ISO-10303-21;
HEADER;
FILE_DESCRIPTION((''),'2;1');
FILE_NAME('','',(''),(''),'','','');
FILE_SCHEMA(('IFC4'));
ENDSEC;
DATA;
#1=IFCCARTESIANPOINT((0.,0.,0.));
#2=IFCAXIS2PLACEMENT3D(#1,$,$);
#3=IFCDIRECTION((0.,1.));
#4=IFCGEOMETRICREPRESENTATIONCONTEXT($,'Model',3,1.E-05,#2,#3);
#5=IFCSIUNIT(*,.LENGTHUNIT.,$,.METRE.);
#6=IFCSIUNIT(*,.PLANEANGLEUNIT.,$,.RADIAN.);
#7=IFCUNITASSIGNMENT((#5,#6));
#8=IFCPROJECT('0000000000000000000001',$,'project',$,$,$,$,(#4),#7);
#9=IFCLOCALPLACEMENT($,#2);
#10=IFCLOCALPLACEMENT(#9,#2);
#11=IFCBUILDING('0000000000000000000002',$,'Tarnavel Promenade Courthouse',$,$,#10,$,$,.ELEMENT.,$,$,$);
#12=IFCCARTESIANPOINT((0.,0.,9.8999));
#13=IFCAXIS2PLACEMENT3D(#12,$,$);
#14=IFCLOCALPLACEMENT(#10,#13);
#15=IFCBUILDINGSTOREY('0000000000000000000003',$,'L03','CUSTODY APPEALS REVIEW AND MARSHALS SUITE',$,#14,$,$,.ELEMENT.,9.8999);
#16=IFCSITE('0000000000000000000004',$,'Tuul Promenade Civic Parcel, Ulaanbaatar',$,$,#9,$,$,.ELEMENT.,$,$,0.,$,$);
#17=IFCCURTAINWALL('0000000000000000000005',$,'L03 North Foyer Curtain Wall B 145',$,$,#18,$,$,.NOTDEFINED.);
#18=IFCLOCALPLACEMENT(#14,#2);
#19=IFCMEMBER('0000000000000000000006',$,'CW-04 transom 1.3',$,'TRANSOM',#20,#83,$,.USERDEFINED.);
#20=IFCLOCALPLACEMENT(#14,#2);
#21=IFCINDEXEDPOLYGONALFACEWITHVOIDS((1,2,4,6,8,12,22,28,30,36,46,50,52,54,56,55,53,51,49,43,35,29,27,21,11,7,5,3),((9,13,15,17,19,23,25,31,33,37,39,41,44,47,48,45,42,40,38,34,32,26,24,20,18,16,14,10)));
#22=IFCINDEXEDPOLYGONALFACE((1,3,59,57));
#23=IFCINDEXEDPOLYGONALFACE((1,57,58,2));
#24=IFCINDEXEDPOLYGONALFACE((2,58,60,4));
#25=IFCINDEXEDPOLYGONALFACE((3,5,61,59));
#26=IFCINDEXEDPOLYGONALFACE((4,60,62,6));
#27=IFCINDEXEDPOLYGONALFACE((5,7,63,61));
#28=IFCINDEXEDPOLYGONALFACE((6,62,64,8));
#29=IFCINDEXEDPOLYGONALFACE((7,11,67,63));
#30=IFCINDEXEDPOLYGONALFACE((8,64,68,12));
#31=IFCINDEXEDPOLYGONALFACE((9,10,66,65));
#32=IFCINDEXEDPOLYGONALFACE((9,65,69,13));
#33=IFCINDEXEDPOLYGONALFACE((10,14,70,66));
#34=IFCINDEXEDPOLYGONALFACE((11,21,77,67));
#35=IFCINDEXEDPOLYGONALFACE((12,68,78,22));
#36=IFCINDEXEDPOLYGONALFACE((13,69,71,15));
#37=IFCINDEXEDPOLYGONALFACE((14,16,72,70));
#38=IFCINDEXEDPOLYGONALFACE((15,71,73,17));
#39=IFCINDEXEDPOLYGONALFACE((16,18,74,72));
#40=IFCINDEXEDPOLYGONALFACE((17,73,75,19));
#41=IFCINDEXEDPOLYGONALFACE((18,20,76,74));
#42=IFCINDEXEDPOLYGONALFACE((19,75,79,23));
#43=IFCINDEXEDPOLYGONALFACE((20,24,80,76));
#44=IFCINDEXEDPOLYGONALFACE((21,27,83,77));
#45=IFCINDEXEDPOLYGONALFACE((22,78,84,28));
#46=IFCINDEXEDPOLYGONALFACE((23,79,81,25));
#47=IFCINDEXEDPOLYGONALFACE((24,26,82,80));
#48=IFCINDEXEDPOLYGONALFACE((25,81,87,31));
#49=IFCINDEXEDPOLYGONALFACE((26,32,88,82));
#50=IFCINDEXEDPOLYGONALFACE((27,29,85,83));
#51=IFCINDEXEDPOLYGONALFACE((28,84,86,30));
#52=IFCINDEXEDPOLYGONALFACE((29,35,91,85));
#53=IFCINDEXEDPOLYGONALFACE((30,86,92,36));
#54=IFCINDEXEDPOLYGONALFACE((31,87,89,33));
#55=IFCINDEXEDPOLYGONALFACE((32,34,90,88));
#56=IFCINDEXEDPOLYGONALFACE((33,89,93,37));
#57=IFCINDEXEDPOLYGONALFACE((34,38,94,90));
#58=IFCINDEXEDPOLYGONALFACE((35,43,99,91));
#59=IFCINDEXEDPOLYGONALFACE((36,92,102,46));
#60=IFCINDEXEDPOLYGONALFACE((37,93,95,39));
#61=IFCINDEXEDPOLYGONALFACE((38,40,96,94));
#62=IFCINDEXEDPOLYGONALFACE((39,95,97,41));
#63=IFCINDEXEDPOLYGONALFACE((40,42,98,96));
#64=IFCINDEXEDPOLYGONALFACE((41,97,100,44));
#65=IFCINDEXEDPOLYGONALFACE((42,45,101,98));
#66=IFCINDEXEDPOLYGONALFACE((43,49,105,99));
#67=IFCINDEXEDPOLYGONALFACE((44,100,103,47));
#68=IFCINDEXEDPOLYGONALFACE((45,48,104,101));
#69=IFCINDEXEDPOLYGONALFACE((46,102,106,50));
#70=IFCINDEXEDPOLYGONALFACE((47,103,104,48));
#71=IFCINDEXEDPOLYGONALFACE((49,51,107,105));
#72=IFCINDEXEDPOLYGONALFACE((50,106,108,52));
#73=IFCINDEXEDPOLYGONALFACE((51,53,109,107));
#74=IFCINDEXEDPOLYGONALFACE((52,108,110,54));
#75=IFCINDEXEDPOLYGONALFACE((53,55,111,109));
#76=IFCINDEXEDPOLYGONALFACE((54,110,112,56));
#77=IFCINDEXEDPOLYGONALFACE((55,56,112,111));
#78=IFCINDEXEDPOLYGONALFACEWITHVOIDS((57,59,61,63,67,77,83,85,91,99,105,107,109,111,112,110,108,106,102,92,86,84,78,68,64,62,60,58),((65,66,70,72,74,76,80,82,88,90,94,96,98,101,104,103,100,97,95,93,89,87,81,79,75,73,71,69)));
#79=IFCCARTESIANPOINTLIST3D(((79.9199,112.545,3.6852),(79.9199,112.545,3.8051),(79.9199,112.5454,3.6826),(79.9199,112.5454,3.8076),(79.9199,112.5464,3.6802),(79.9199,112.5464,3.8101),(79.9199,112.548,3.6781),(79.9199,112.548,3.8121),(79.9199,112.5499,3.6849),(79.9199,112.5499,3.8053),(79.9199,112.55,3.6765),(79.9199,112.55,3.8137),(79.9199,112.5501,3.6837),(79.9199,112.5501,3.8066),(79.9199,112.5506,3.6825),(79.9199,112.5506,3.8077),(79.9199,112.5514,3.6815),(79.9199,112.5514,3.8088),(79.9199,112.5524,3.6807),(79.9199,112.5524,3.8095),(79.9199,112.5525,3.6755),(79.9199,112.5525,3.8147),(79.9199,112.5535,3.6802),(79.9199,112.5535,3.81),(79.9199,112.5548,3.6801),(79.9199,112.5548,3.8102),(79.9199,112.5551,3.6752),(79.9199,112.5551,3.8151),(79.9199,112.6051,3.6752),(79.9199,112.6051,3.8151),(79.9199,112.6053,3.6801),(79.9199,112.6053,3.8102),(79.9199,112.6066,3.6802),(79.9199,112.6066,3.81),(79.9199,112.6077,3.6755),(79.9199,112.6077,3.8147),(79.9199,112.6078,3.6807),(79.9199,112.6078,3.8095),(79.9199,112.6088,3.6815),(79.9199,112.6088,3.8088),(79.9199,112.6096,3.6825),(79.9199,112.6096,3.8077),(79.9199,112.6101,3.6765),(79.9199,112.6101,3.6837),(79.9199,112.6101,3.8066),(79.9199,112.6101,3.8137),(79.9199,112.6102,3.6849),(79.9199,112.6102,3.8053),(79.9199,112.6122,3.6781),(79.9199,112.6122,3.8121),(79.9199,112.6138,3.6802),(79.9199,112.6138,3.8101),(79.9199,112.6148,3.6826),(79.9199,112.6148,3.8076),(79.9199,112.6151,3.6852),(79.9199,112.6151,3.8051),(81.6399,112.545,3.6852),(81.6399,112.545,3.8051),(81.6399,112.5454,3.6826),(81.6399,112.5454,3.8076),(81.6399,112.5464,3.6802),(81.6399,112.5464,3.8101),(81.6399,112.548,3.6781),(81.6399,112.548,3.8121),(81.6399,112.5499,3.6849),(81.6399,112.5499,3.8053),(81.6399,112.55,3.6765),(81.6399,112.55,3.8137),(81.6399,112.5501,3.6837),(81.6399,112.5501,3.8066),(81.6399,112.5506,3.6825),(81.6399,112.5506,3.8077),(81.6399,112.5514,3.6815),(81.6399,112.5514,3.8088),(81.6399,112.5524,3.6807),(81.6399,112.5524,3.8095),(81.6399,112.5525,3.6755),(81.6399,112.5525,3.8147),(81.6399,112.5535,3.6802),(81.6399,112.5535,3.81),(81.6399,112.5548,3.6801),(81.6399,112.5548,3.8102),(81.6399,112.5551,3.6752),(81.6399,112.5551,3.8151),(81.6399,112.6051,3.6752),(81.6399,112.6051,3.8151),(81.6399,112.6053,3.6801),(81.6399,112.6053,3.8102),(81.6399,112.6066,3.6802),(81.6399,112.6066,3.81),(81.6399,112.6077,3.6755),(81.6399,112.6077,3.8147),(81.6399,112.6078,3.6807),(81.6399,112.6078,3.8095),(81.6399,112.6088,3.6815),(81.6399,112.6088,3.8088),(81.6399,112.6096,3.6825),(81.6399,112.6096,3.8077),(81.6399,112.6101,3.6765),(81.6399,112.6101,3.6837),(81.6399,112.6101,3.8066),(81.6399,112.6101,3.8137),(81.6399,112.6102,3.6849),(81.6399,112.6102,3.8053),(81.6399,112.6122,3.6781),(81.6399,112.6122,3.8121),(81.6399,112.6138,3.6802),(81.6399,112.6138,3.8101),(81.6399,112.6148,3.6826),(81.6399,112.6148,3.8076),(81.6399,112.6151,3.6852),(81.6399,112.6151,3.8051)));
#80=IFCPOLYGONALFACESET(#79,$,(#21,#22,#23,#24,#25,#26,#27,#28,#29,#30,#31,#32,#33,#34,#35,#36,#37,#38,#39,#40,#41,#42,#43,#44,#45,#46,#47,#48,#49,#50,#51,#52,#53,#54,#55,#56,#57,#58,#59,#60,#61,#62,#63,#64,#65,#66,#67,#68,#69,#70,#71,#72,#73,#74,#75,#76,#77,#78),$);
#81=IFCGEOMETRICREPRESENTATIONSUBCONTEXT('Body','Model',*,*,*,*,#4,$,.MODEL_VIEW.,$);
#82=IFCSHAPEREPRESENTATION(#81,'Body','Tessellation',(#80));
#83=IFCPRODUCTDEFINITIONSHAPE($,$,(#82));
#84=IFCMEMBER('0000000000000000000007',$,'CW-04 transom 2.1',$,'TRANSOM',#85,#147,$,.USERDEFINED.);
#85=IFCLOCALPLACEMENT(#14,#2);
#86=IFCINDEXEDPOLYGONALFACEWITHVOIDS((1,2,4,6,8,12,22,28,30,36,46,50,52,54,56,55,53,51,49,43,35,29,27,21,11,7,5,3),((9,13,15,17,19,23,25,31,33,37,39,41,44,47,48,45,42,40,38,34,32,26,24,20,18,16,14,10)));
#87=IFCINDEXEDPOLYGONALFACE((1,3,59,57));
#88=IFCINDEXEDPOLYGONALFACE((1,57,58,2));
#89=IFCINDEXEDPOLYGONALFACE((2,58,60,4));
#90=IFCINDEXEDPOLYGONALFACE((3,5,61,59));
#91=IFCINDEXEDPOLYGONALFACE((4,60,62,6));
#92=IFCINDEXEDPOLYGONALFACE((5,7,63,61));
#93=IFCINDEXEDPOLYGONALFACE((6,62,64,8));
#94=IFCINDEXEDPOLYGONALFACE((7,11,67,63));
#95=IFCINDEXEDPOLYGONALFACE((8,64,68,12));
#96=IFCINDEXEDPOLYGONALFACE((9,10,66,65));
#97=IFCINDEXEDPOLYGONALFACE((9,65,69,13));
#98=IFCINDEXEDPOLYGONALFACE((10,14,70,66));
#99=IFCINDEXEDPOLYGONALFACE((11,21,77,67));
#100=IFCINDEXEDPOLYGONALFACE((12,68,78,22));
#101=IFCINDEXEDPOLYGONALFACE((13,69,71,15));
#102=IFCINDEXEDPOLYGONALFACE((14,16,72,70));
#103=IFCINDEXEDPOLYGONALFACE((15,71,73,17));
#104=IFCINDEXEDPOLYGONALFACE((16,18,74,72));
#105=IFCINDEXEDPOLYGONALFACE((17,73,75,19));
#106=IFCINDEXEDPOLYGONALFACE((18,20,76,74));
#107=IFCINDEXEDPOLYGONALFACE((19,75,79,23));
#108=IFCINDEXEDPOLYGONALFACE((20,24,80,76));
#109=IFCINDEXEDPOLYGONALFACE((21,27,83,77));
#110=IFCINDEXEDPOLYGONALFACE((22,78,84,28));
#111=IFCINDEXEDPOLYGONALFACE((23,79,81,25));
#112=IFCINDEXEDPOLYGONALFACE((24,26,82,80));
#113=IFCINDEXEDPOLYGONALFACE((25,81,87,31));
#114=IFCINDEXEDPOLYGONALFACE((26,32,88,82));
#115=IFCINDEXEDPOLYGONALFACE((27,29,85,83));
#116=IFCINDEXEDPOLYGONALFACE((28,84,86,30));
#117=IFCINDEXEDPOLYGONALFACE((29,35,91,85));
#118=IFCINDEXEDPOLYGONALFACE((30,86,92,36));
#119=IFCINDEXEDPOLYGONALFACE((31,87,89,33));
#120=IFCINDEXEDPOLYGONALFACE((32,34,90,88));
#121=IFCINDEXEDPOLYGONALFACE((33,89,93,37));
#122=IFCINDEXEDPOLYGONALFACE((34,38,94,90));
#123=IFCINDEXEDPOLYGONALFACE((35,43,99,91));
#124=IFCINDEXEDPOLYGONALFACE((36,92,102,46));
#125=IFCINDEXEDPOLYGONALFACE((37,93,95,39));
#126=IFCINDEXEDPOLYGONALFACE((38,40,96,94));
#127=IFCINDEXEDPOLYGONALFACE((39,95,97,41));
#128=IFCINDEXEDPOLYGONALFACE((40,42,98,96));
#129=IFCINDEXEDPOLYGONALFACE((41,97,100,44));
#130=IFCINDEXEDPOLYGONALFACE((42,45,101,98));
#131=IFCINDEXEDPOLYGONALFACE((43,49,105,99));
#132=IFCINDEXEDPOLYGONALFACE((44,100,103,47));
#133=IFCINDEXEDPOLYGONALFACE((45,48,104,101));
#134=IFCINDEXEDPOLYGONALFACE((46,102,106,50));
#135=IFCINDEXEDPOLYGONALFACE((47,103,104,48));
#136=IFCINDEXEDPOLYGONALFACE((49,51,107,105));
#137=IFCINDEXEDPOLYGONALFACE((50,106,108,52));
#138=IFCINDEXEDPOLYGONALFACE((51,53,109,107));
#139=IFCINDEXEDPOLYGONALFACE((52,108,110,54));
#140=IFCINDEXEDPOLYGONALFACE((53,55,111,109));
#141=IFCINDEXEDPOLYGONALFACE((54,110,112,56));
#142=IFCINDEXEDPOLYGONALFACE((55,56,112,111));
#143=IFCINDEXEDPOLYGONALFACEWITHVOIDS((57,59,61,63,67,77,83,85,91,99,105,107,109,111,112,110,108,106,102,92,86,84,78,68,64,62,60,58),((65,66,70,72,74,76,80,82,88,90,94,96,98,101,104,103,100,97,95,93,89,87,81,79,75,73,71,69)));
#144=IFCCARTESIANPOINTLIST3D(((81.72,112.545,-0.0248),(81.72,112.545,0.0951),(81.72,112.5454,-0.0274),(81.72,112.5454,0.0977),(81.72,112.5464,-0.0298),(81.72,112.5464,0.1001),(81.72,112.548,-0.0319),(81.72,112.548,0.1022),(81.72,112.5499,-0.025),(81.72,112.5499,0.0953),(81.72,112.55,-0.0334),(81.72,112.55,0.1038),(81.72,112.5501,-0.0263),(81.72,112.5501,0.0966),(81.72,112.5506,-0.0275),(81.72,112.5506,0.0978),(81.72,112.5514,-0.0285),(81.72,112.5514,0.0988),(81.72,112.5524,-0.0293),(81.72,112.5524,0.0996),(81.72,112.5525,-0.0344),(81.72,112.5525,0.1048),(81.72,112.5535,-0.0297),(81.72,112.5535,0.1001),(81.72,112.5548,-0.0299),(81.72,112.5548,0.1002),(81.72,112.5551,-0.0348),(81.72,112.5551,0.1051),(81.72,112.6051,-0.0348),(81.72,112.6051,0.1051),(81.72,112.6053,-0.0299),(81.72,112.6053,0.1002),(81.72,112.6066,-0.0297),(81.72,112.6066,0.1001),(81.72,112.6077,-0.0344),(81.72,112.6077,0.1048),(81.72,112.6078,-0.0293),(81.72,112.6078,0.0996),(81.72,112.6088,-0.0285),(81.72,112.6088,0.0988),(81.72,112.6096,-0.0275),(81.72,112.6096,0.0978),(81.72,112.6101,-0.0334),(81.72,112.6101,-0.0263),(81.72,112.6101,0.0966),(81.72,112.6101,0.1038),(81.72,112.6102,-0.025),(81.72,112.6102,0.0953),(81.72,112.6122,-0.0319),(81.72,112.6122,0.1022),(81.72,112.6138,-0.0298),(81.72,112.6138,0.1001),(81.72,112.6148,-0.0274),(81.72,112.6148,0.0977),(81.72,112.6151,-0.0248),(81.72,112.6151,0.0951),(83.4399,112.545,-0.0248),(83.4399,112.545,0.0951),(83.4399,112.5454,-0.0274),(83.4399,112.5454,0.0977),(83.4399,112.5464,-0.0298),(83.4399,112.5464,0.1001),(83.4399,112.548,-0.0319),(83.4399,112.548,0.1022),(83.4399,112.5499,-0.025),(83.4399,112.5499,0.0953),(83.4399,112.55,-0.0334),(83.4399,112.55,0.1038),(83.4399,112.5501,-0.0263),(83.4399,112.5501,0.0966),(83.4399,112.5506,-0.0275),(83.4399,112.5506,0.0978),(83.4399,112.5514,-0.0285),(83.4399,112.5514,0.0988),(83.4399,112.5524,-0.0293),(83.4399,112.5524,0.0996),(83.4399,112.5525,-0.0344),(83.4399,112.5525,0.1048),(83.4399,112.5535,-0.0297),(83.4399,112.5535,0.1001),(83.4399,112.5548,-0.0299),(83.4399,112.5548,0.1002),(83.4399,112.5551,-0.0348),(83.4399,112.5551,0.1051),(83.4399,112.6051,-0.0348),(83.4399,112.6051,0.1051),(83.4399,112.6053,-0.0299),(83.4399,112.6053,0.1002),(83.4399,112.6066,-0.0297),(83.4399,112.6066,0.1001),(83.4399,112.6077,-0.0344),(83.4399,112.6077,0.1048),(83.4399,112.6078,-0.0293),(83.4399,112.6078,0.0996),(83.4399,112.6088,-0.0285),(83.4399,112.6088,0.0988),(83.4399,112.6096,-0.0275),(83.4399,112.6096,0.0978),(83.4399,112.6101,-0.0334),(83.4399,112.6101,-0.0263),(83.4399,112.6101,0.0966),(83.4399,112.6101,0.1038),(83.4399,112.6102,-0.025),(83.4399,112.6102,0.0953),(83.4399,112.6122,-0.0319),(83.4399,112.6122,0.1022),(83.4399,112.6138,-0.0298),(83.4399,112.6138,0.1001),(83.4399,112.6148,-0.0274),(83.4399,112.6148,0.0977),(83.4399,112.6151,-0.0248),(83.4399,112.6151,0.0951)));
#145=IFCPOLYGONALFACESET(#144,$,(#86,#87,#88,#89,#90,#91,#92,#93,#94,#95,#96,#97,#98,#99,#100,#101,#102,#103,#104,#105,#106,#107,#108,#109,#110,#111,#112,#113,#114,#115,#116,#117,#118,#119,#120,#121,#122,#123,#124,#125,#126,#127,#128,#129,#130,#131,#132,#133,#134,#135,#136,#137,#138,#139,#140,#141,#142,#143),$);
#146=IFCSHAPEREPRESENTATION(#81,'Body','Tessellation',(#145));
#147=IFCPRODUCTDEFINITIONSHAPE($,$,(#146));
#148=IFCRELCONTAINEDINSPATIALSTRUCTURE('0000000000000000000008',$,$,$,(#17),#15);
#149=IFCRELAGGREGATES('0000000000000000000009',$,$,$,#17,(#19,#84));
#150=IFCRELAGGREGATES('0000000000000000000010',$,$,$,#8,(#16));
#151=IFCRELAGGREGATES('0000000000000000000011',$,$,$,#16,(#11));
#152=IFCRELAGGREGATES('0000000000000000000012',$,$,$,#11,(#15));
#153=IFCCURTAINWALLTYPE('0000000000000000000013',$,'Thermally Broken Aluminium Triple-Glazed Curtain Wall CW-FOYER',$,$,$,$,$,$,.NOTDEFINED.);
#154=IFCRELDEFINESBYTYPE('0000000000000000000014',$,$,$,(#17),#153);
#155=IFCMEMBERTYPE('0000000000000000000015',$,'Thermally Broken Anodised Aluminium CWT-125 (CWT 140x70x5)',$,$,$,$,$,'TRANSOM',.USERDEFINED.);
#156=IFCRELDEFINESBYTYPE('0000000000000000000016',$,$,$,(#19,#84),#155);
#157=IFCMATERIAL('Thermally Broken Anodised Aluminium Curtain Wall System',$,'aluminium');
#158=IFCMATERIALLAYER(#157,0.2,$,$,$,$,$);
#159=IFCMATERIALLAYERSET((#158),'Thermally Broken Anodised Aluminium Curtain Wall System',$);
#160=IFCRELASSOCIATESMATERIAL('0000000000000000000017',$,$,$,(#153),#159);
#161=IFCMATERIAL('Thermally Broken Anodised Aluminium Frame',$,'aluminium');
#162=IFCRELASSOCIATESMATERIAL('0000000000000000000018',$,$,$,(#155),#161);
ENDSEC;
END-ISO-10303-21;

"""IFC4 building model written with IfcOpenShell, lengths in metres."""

from ifc_helpers import new_model, si_unit, direction, frame, origin, origin_2d, place, context, subcontext, project, spatial, hollow_rectangle, extrude, material, layer, layer_set, material_profile, profile_set, type_object, element, aggregate, save


model = new_model("IFC4")

# Units and contexts
model_context = context("Model", 3, precision=1e-05, world=origin(), true_north=direction((0.0, 1.0)))
body_context = subcontext(model_context, "Body", "Model", "MODEL_VIEW")
ifc_project = project(units=[si_unit("LENGTHUNIT", "METRE"), si_unit("PLANEANGLEUNIT", "RADIAN")], contexts=[model_context])

# Site, building, storey
site_placement = place(None, origin())
site = spatial("IfcSite", under=ifc_project, at=site_placement, Name="Tuul Promenade Civic Parcel, Ulaanbaatar", CompositionType="ELEMENT", RefElevation=0.0)
building_placement = place(site_placement, origin())
building = spatial("IfcBuilding", under=site, at=building_placement, Name="Tarnavel Promenade Courthouse", CompositionType="ELEMENT")
storey_placement = place(building_placement, frame((0.0, 0.0, 9.8999)))
storey = spatial("IfcBuildingStorey", under=building, at=storey_placement, Name="L03", Description="CUSTODY APPEALS REVIEW AND MARSHALS SUITE", CompositionType="ELEMENT", Elevation=9.8999)

# Shared definitions
ifc_material_1 = material(Name="Thermally Broken Anodised Aluminium Curtain Wall System", Category="aluminium")
ifc_layer_1 = layer(ifc_material_1, 0.2)
ifc_layer_set_1 = layer_set([ifc_layer_1], Name="Thermally Broken Anodised Aluminium Curtain Wall System")
curtain_wall_type = type_object("IfcCurtainWallType", Name="Thermally Broken Aluminium Triple-Glazed Curtain Wall CW-FOYER", PredefinedType="NOTDEFINED", material=ifc_layer_set_1)
ifc_material_2 = material(Name="Thermally Broken Anodised Aluminium Frame", Category="aluminium")

# Curtain wall
curtain_wall_1_placement = place(storey_placement, origin())
curtain_wall_1 = element("IfcCurtainWall", 1, at=curtain_wall_1_placement, inside=storey, type_object=curtain_wall_type, Name="L03 North Foyer Curtain Wall B 145", PredefinedType="NOTDEFINED")

# Members
ifc_material_profile_1 = material_profile(ifc_material_2, hollow_rectangle(XDim=0.0701, YDim=0.1399, WallThickness=0.0049, InnerFilletRadius=0.0049, OuterFilletRadius=0.01, at=origin_2d()), Name="CWT 140x70x5")
ifc_profile_set_1 = profile_set([ifc_material_profile_1], Name="Thermally Broken Anodised Aluminium Frame")
member_type_1 = type_object("IfcMemberType", Name="Thermally Broken Anodised Aluminium CWT-125 (CWT 140x70x5)", ElementType="TRANSOM", PredefinedType="USERDEFINED", material=ifc_profile_set_1)
member_1_placement = place(storey_placement, frame((79.9199, 112.5801, 3.7451), z_axis=(1.0, 0.0, 0.0), x_axis=(0.0, 1.0, 0.0)))
member_1 = element("IfcMember", 2, at=member_1_placement, type_object=member_type_1, Name="CW-04 transom 1.3", ObjectType="TRANSOM", PredefinedType="USERDEFINED", context=body_context, shape_type="SweptSolid", body=[
    extrude(hollow_rectangle(XDim=0.0701, YDim=0.1399, WallThickness=0.0049, InnerFilletRadius=0.0049, OuterFilletRadius=0.01, at=origin_2d()), origin(), (0.0, 0.0, 1.0), 1.72),
])
member_2_placement = place(storey_placement, frame((81.72, 112.5801, 0.0352), z_axis=(1.0, 0.0, 0.0), x_axis=(0.0, 1.0, 0.0)))
member_2 = element("IfcMember", 3, at=member_2_placement, type_object=member_type_1, Name="CW-04 transom 2.1", ObjectType="TRANSOM", PredefinedType="USERDEFINED", context=body_context, shape_type="SweptSolid", body=[
    extrude(hollow_rectangle(XDim=0.0701, YDim=0.1399, WallThickness=0.0049, InnerFilletRadius=0.0049, OuterFilletRadius=0.01, at=origin_2d()), origin(), (0.0, 0.0, 1.0), 1.72),
])

aggregate(curtain_wall_1, [member_1, member_2])

save(model, "model.ifc")
